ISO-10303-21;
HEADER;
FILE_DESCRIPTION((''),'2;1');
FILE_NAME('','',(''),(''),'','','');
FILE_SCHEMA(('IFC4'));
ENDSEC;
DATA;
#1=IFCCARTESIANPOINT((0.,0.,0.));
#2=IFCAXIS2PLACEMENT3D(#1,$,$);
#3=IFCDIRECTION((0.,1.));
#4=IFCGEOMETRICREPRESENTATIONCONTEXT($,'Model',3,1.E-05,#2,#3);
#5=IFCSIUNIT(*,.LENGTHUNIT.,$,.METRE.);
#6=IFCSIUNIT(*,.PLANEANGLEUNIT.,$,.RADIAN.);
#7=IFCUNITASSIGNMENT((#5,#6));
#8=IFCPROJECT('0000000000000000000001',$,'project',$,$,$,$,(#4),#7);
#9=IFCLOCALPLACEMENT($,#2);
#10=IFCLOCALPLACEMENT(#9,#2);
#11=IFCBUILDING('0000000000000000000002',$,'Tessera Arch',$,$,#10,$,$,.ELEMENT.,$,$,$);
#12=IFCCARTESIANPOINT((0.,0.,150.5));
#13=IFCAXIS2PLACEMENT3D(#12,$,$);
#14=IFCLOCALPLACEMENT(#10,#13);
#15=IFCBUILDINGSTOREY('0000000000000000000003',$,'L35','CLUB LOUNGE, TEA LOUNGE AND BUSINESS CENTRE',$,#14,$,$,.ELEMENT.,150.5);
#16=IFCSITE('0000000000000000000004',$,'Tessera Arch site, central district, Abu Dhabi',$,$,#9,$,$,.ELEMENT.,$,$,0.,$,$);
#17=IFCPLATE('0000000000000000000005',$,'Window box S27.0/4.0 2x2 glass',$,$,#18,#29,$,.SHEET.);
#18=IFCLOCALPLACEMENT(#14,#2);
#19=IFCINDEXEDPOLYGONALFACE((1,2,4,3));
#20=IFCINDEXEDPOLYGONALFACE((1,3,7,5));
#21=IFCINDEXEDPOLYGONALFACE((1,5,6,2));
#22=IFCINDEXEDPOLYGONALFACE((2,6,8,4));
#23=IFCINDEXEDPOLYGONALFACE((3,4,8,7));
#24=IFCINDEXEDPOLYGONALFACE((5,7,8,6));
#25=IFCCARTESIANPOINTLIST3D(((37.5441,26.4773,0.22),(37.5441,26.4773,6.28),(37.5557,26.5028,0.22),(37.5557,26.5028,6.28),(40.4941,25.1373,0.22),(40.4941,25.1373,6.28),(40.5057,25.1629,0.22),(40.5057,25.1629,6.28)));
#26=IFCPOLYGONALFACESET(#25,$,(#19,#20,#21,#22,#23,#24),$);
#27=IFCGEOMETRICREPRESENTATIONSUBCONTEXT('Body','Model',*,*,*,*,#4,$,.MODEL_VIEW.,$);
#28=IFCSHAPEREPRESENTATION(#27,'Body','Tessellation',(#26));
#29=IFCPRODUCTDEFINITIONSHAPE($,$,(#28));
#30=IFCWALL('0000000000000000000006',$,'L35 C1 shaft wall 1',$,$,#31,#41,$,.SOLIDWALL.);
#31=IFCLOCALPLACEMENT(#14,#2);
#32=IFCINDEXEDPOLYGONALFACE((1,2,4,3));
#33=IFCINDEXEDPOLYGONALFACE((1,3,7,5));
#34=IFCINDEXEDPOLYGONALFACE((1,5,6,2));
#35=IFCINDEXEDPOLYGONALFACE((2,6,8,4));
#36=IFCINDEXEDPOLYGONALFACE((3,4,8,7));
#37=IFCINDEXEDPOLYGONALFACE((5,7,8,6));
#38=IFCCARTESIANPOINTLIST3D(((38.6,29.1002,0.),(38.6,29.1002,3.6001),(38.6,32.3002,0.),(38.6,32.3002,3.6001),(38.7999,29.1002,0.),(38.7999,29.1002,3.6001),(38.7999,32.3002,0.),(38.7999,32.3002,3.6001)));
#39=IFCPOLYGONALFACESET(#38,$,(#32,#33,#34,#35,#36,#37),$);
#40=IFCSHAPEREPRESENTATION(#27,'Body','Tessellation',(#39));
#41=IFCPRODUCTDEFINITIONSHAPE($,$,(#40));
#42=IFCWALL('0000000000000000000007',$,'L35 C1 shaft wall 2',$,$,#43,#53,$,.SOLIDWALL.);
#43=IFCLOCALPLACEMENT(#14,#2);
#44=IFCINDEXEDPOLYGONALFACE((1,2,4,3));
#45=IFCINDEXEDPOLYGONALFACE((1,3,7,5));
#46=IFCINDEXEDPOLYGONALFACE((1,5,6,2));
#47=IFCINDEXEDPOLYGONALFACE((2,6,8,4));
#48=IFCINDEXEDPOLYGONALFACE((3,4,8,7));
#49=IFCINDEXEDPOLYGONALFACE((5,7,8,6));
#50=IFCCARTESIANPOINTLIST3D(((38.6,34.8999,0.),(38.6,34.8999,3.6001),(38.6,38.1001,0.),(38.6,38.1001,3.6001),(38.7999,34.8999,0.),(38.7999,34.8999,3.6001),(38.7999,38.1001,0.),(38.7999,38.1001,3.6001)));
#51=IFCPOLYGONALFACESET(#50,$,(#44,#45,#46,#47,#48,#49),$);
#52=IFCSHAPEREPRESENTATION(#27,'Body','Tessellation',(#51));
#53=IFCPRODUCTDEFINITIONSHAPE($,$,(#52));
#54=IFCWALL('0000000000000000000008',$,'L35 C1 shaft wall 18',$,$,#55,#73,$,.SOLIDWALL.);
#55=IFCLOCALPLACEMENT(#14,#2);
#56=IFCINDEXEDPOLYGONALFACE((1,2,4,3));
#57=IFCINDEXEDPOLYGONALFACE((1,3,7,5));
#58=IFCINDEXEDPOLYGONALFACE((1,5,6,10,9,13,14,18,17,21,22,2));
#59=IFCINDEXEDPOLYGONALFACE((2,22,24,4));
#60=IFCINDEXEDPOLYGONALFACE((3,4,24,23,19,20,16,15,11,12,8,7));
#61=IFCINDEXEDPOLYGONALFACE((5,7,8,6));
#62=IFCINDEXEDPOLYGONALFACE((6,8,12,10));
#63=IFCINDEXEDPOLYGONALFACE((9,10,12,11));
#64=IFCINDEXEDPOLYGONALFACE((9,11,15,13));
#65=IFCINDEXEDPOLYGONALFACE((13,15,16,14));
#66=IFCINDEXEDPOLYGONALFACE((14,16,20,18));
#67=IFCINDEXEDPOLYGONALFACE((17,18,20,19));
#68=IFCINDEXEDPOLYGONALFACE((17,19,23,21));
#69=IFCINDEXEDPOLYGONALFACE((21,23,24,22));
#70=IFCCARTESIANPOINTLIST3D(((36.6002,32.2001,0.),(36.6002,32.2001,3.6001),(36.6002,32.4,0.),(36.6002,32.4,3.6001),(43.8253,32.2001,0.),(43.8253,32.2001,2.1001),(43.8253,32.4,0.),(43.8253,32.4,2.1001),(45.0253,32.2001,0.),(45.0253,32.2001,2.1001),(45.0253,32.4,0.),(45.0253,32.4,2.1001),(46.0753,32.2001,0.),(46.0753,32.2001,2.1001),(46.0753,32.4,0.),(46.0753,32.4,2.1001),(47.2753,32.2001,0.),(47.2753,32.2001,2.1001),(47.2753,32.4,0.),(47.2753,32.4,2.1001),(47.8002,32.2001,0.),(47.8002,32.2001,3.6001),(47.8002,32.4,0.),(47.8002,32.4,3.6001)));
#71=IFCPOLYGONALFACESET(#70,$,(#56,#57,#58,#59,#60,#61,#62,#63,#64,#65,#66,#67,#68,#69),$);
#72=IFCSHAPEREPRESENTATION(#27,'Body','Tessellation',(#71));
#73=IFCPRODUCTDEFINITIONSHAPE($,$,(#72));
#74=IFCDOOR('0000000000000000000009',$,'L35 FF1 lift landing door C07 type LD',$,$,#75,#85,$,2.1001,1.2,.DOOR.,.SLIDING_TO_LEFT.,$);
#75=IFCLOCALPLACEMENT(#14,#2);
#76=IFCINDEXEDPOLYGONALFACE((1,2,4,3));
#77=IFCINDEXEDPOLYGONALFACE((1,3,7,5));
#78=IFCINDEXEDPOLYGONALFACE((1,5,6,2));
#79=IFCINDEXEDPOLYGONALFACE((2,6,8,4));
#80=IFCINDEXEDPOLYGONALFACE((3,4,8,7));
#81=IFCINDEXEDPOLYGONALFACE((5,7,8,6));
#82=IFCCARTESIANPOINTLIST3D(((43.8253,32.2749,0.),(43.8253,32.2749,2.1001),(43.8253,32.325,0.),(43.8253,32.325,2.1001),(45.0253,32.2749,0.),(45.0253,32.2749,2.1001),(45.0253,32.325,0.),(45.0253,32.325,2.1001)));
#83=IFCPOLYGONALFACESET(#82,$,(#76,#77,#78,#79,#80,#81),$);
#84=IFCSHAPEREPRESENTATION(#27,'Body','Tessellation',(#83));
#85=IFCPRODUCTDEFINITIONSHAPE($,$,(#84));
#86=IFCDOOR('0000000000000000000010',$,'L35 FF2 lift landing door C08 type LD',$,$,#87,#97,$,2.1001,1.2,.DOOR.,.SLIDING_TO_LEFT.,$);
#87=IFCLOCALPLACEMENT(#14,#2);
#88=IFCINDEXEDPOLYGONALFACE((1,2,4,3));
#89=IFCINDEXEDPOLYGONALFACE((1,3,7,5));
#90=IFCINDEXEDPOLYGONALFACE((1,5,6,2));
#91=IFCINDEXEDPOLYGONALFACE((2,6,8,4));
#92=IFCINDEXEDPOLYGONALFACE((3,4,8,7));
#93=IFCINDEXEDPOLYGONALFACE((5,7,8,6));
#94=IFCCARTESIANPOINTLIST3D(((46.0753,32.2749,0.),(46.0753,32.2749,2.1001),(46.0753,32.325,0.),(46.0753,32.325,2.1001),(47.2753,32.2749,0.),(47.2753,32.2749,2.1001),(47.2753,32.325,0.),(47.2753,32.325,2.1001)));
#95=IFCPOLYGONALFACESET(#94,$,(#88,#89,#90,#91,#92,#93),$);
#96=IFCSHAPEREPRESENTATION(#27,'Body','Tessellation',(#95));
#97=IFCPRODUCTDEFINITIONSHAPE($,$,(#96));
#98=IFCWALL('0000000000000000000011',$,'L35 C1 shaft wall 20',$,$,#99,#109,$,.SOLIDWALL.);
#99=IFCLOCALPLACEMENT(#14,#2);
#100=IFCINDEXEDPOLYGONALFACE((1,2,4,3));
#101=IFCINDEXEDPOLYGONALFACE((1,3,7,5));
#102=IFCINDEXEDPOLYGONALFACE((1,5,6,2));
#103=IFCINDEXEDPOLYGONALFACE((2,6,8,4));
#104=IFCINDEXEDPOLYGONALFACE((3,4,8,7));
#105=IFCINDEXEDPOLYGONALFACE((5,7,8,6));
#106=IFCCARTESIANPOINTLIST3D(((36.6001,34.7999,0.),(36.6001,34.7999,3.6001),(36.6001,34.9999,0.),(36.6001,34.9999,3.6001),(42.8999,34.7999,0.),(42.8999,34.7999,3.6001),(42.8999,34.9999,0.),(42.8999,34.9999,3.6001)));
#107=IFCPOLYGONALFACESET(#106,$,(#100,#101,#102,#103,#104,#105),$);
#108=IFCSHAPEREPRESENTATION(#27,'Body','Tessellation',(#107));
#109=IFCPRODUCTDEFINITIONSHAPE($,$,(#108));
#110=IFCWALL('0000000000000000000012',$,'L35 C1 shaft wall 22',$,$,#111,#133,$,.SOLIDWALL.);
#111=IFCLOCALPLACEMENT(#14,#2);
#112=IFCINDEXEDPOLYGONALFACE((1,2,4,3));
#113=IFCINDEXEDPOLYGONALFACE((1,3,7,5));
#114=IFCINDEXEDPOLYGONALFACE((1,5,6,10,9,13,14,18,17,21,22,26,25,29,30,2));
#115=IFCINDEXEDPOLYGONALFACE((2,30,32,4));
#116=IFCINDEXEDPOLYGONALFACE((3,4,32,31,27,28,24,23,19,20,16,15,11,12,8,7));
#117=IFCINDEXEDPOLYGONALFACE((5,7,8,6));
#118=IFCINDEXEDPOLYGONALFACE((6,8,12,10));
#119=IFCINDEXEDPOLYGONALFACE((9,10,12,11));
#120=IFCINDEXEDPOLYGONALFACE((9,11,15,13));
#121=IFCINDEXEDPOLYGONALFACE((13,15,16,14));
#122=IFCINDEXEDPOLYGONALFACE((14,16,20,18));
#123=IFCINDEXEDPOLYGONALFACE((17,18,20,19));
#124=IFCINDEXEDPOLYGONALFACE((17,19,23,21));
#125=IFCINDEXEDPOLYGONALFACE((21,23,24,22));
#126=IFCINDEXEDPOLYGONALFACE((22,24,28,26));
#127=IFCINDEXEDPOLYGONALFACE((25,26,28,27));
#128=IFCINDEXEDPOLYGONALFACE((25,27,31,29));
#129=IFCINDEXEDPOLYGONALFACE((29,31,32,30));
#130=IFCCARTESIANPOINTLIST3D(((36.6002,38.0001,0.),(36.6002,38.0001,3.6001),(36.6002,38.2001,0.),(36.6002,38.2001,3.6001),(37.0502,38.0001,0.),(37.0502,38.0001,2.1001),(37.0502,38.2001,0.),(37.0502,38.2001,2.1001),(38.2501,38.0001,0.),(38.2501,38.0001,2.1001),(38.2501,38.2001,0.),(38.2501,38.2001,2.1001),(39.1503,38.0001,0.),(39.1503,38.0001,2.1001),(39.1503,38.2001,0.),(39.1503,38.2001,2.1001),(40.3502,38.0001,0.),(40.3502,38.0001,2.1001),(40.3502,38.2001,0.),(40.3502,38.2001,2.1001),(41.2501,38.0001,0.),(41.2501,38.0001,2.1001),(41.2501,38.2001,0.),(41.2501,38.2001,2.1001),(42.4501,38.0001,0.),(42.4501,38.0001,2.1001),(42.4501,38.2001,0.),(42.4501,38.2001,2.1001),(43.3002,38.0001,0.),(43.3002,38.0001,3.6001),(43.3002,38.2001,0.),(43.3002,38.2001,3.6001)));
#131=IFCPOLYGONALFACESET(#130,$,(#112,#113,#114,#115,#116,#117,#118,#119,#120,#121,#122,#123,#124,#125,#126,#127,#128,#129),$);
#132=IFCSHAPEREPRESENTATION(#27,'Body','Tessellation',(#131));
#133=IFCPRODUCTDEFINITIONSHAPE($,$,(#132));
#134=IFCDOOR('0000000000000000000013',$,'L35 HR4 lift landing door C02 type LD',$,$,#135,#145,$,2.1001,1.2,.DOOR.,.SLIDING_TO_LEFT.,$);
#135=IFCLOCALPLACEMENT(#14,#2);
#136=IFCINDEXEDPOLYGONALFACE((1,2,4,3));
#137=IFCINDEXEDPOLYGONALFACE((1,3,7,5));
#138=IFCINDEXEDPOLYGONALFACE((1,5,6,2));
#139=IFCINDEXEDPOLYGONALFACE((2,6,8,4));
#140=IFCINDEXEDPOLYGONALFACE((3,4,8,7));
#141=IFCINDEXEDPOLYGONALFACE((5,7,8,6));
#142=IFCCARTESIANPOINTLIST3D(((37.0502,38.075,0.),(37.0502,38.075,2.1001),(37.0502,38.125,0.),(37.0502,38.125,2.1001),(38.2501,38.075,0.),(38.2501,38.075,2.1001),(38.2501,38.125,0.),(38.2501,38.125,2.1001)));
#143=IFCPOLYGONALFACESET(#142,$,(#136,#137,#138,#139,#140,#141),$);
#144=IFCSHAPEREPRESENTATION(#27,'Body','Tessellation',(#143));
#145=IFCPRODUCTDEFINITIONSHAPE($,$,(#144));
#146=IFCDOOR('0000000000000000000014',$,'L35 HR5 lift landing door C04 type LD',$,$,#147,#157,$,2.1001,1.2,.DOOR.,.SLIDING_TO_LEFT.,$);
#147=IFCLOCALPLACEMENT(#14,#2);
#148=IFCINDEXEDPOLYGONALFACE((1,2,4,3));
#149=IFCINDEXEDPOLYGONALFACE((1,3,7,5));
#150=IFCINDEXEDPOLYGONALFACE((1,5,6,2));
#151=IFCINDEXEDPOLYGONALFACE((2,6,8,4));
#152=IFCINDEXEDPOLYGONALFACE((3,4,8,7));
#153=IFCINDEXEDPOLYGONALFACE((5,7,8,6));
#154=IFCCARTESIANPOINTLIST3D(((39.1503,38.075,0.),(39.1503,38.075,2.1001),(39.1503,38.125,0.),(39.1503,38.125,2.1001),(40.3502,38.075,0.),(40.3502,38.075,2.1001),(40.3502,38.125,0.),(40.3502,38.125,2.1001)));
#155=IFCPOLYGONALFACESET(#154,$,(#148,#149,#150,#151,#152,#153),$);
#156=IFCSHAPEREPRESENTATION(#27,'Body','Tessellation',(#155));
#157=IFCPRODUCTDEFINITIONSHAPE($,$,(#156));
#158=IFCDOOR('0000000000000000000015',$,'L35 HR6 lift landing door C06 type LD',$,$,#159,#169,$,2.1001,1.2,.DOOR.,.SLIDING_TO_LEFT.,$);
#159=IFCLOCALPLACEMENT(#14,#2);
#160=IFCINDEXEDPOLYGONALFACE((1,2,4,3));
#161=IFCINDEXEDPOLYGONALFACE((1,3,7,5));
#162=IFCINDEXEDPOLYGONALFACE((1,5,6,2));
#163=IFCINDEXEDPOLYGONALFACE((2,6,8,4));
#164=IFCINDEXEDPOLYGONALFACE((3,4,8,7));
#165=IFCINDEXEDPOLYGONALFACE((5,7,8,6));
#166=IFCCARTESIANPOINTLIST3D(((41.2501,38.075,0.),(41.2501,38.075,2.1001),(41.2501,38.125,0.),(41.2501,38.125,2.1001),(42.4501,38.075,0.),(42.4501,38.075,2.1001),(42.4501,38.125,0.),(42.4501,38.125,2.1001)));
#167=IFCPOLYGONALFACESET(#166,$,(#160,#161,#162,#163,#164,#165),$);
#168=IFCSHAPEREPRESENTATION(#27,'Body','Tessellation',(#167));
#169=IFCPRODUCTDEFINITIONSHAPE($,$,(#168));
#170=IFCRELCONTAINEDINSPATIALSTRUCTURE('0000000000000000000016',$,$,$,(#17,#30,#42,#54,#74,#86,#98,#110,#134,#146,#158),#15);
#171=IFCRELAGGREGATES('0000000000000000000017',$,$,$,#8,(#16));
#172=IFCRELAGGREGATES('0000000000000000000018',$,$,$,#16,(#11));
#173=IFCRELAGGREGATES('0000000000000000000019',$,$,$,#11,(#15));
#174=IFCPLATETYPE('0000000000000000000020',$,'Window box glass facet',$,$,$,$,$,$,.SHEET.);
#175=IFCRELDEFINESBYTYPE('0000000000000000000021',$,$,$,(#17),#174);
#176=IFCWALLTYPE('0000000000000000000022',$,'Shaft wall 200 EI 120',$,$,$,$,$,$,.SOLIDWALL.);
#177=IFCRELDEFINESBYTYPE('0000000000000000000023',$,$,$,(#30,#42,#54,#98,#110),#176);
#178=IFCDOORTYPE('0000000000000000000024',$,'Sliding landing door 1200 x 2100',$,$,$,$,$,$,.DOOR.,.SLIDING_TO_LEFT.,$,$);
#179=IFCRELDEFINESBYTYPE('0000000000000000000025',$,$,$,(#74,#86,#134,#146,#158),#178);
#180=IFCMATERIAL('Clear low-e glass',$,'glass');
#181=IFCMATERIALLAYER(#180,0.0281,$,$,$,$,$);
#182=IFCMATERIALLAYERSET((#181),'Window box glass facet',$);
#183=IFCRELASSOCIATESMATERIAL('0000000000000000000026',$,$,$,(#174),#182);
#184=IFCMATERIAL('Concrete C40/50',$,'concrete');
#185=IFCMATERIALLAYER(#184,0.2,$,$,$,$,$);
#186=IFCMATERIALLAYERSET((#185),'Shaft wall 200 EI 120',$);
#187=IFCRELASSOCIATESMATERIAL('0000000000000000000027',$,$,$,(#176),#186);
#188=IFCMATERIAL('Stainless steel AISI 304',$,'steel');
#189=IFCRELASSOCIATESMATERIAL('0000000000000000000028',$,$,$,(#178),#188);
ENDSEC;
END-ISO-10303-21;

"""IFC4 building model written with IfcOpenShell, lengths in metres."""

from ifc_helpers import new_model, si_unit, direction, frame, frame_2d, origin, origin_2d, place, context, subcontext, project, spatial, rectangle, extrude, material, layer, layer_set, type_object, element, fill, save


model = new_model("IFC4")

# Units and contexts
model_context = context("Model", 3, precision=1e-05, world=origin(), true_north=direction((0.0, 1.0)))
body_context = subcontext(model_context, "Body", "Model", "MODEL_VIEW")
ifc_project = project(units=[si_unit("LENGTHUNIT", "METRE"), si_unit("PLANEANGLEUNIT", "RADIAN")], contexts=[model_context])

# Site, building, storey
site_placement = place(None, origin())
site = spatial("IfcSite", under=ifc_project, at=site_placement, Name="Tessera Arch site, central district, Abu Dhabi", CompositionType="ELEMENT", RefElevation=0.0)
building_placement = place(site_placement, origin())
building = spatial("IfcBuilding", under=site, at=building_placement, Name="Tessera Arch", CompositionType="ELEMENT")
storey_placement = place(building_placement, frame((0.0, 0.0, 150.5)))
storey = spatial("IfcBuildingStorey", under=building, at=storey_placement, Name="L35", Description="CLUB LOUNGE, TEA LOUNGE AND BUSINESS CENTRE", CompositionType="ELEMENT", Elevation=150.5)

# Plate
ifc_material_1 = material(Name="Clear low-e glass", Category="glass")
ifc_layer_1 = layer(ifc_material_1, 0.0281)
ifc_layer_set_1 = layer_set([ifc_layer_1], Name="Window box glass facet")
plate_type_1 = type_object("IfcPlateType", Name="Window box glass facet", PredefinedType="SHEET", material=ifc_layer_set_1)
plate_1_placement = place(storey_placement, frame((39.0249, 25.8201, 0.22), z_axis=(0.0, 0.0, 1.0), x_axis=(0.910472, -0.41357, 0.0)))
element("IfcPlate", 1, at=plate_1_placement, inside=storey, type_object=plate_type_1, Name="Window box S27.0/4.0 2x2 glass", PredefinedType="SHEET", context=body_context, shape_type="SweptSolid", body=[
    extrude(rectangle(XDim=3.24, YDim=0.0281, at=origin_2d()), origin(), (0.0, 0.0, 1.0), 6.0601),
])

# Walls
ifc_material_2 = material(Name="Concrete C40/50", Category="concrete")
ifc_layer_2 = layer(ifc_material_2, 0.2)
ifc_layer_set_2 = layer_set([ifc_layer_2], Name="Shaft wall 200 EI 120")
wall_type_1 = type_object("IfcWallType", Name="Shaft wall 200 EI 120", PredefinedType="SOLIDWALL", material=ifc_layer_set_2)
wall_1_placement = place(storey_placement, frame((38.7, 29.1001, 0.0), z_axis=(0.0, 0.0, 1.0), x_axis=(0.0, 1.0, 0.0)))
element("IfcWall", 2, at=wall_1_placement, inside=storey, type_object=wall_type_1, Name="L35 C1 shaft wall 1", PredefinedType="SOLIDWALL", context=body_context, shape_type="SweptSolid", body=[
    extrude(rectangle(XDim=3.2, YDim=0.2, at=frame_2d((1.6001, 0.0))), origin(), (0.0, 0.0, 1.0), 3.6001),
])
wall_2_placement = place(storey_placement, frame((38.7, 34.8999, 0.0), z_axis=(0.0, 0.0, 1.0), x_axis=(0.0, 1.0, 0.0)))
element("IfcWall", 3, at=wall_2_placement, inside=storey, type_object=wall_type_1, Name="L35 C1 shaft wall 2", PredefinedType="SOLIDWALL", context=body_context, shape_type="SweptSolid", body=[
    extrude(rectangle(XDim=3.2002, YDim=0.2, at=frame_2d((1.6001, 0.0))), origin(), (0.0, 0.0, 1.0), 3.6001),
])

# Wall, openings, doors
wall_3_placement = place(storey_placement, frame((36.6001, 32.3, 0.0), z_axis=(0.0, 0.0, 1.0), x_axis=(1.0, 0.0, 0.0)))
wall_3 = element("IfcWall", 4, at=wall_3_placement, inside=storey, type_object=wall_type_1, Name="L35 C1 shaft wall 18", PredefinedType="SOLIDWALL", context=body_context, shape_type="SweptSolid", body=[
    extrude(rectangle(XDim=11.2, YDim=0.2, at=frame_2d((5.6001, 0.0))), origin(), (0.0, 0.0, 1.0), 3.6001),
])
opening_1_placement = place(wall_3_placement, frame((7.2251, 0.0, 0.0)))
opening_1 = element("IfcOpeningElement", 5, at=opening_1_placement, cuts=wall_3, PredefinedType="OPENING", context=body_context, shape_type="SweptSolid", body=[
    extrude(rectangle(XDim=1.2, YDim=2.1001, at=frame_2d((0.6001, 1.05))), frame((0.0, 0.1099, 0.0), z_axis=(0.0, -1.0, 0.0), x_axis=(1.0, 0.0, 0.0)), (0.0, 0.0, 1.0), 0.22),
])
opening_2_placement = place(wall_3_placement, frame((9.4751, 0.0, 0.0)))
opening_2 = element("IfcOpeningElement", 6, at=opening_2_placement, cuts=wall_3, PredefinedType="OPENING", context=body_context, shape_type="SweptSolid", body=[
    extrude(rectangle(XDim=1.2, YDim=2.1001, at=frame_2d((0.6001, 1.05))), frame((0.0, 0.1099, 0.0), z_axis=(0.0, -1.0, 0.0), x_axis=(1.0, 0.0, 0.0)), (0.0, 0.0, 1.0), 0.22),
])
ifc_material_3 = material(Name="Stainless steel AISI 304", Category="steel")
door_type = type_object("IfcDoorType", Name="Sliding landing door 1200 x 2100", OperationType="SLIDING_TO_LEFT", PredefinedType="DOOR", material=ifc_material_3)
door_1_placement = place(opening_1_placement, origin())
door_1 = element("IfcDoor", 7, at=door_1_placement, inside=storey, type_object=door_type, Name="L35 FF1 lift landing door C07 type LD", OperationType="SLIDING_TO_LEFT", OverallHeight=2.1001, OverallWidth=1.2, PredefinedType="DOOR", context=body_context, shape_type="SweptSolid", body=[
    extrude(rectangle(XDim=1.2, YDim=2.1001, at=frame_2d((0.6001, 1.05))), frame((0.0, 0.0249, 0.0), z_axis=(0.0, -1.0, 0.0), x_axis=(1.0, 0.0, 0.0)), (0.0, 0.0, 1.0), 0.05),
])
fill(opening_1, door_1)
door_2_placement = place(opening_2_placement, origin())
door_2 = element("IfcDoor", 8, at=door_2_placement, inside=storey, type_object=door_type, Name="L35 FF2 lift landing door C08 type LD", OperationType="SLIDING_TO_LEFT", OverallHeight=2.1001, OverallWidth=1.2, PredefinedType="DOOR", context=body_context, shape_type="SweptSolid", body=[
    extrude(rectangle(XDim=1.2, YDim=2.1001, at=frame_2d((0.6001, 1.05))), frame((0.0, 0.0249, 0.0), z_axis=(0.0, -1.0, 0.0), x_axis=(1.0, 0.0, 0.0)), (0.0, 0.0, 1.0), 0.05),
])
fill(opening_2, door_2)

# Wall
wall_4_placement = place(storey_placement, frame((36.6001, 34.8999, 0.0), z_axis=(0.0, 0.0, 1.0), x_axis=(1.0, 0.0, 0.0)))
element("IfcWall", 9, at=wall_4_placement, inside=storey, type_object=wall_type_1, Name="L35 C1 shaft wall 20", PredefinedType="SOLIDWALL", context=body_context, shape_type="SweptSolid", body=[
    extrude(rectangle(XDim=6.2998, YDim=0.2, at=frame_2d((3.1499, 0.0))), origin(), (0.0, 0.0, 1.0), 3.6001),
])

# Wall, openings, doors
wall_5_placement = place(storey_placement, frame((36.6001, 38.1001, 0.0), z_axis=(0.0, 0.0, 1.0), x_axis=(1.0, 0.0, 0.0)))
wall_5 = element("IfcWall", 10, at=wall_5_placement, inside=storey, type_object=wall_type_1, Name="L35 C1 shaft wall 22", PredefinedType="SOLIDWALL", context=body_context, shape_type="SweptSolid", body=[
    extrude(rectangle(XDim=6.7, YDim=0.2, at=frame_2d((3.3501, 0.0))), origin(), (0.0, 0.0, 1.0), 3.6001),
])
opening_3_placement = place(wall_5_placement, frame((0.45, 0.0, 0.0)))
opening_3 = element("IfcOpeningElement", 11, at=opening_3_placement, cuts=wall_5, PredefinedType="OPENING", context=body_context, shape_type="SweptSolid", body=[
    extrude(rectangle(XDim=1.2, YDim=2.1001, at=frame_2d((0.6001, 1.05))), frame((0.0, 0.1099, 0.0), z_axis=(0.0, -1.0, 0.0), x_axis=(1.0, 0.0, 0.0)), (0.0, 0.0, 1.0), 0.22),
])
opening_4_placement = place(wall_5_placement, frame((2.55, 0.0, 0.0)))
opening_4 = element("IfcOpeningElement", 12, at=opening_4_placement, cuts=wall_5, PredefinedType="OPENING", context=body_context, shape_type="SweptSolid", body=[
    extrude(rectangle(XDim=1.2, YDim=2.1001, at=frame_2d((0.6001, 1.05))), frame((0.0, 0.1099, 0.0), z_axis=(0.0, -1.0, 0.0), x_axis=(1.0, 0.0, 0.0)), (0.0, 0.0, 1.0), 0.22),
])
opening_5_placement = place(wall_5_placement, frame((4.6499, 0.0, 0.0)))
opening_5 = element("IfcOpeningElement", 13, at=opening_5_placement, cuts=wall_5, PredefinedType="OPENING", context=body_context, shape_type="SweptSolid", body=[
    extrude(rectangle(XDim=1.2, YDim=2.1001, at=frame_2d((0.6001, 1.05))), frame((0.0, 0.1099, 0.0), z_axis=(0.0, -1.0, 0.0), x_axis=(1.0, 0.0, 0.0)), (0.0, 0.0, 1.0), 0.22),
])
door_3_placement = place(opening_3_placement, origin())
door_3 = element("IfcDoor", 14, at=door_3_placement, inside=storey, type_object=door_type, Name="L35 HR4 lift landing door C02 type LD", OperationType="SLIDING_TO_LEFT", OverallHeight=2.1001, OverallWidth=1.2, PredefinedType="DOOR", context=body_context, shape_type="SweptSolid", body=[
    extrude(rectangle(XDim=1.2, YDim=2.1001, at=frame_2d((0.6001, 1.05))), frame((0.0, 0.0249, 0.0), z_axis=(0.0, -1.0, 0.0), x_axis=(1.0, 0.0, 0.0)), (0.0, 0.0, 1.0), 0.05),
])
fill(opening_3, door_3)
door_4_placement = place(opening_4_placement, origin())
door_4 = element("IfcDoor", 15, at=door_4_placement, inside=storey, type_object=door_type, Name="L35 HR5 lift landing door C04 type LD", OperationType="SLIDING_TO_LEFT", OverallHeight=2.1001, OverallWidth=1.2, PredefinedType="DOOR", context=body_context, shape_type="SweptSolid", body=[
    extrude(rectangle(XDim=1.2, YDim=2.1001, at=frame_2d((0.6001, 1.05))), frame((0.0, 0.0249, 0.0), z_axis=(0.0, -1.0, 0.0), x_axis=(1.0, 0.0, 0.0)), (0.0, 0.0, 1.0), 0.05),
])
fill(opening_4, door_4)
door_5_placement = place(opening_5_placement, origin())
door_5 = element("IfcDoor", 16, at=door_5_placement, inside=storey, type_object=door_type, Name="L35 HR6 lift landing door C06 type LD", OperationType="SLIDING_TO_LEFT", OverallHeight=2.1001, OverallWidth=1.2, PredefinedType="DOOR", context=body_context, shape_type="SweptSolid", body=[
    extrude(rectangle(XDim=1.2, YDim=2.1001, at=frame_2d((0.6001, 1.05))), frame((0.0, 0.0249, 0.0), z_axis=(0.0, -1.0, 0.0), x_axis=(1.0, 0.0, 0.0)), (0.0, 0.0, 1.0), 0.05),
])
fill(opening_5, door_5)

save(model, "model.ifc")
